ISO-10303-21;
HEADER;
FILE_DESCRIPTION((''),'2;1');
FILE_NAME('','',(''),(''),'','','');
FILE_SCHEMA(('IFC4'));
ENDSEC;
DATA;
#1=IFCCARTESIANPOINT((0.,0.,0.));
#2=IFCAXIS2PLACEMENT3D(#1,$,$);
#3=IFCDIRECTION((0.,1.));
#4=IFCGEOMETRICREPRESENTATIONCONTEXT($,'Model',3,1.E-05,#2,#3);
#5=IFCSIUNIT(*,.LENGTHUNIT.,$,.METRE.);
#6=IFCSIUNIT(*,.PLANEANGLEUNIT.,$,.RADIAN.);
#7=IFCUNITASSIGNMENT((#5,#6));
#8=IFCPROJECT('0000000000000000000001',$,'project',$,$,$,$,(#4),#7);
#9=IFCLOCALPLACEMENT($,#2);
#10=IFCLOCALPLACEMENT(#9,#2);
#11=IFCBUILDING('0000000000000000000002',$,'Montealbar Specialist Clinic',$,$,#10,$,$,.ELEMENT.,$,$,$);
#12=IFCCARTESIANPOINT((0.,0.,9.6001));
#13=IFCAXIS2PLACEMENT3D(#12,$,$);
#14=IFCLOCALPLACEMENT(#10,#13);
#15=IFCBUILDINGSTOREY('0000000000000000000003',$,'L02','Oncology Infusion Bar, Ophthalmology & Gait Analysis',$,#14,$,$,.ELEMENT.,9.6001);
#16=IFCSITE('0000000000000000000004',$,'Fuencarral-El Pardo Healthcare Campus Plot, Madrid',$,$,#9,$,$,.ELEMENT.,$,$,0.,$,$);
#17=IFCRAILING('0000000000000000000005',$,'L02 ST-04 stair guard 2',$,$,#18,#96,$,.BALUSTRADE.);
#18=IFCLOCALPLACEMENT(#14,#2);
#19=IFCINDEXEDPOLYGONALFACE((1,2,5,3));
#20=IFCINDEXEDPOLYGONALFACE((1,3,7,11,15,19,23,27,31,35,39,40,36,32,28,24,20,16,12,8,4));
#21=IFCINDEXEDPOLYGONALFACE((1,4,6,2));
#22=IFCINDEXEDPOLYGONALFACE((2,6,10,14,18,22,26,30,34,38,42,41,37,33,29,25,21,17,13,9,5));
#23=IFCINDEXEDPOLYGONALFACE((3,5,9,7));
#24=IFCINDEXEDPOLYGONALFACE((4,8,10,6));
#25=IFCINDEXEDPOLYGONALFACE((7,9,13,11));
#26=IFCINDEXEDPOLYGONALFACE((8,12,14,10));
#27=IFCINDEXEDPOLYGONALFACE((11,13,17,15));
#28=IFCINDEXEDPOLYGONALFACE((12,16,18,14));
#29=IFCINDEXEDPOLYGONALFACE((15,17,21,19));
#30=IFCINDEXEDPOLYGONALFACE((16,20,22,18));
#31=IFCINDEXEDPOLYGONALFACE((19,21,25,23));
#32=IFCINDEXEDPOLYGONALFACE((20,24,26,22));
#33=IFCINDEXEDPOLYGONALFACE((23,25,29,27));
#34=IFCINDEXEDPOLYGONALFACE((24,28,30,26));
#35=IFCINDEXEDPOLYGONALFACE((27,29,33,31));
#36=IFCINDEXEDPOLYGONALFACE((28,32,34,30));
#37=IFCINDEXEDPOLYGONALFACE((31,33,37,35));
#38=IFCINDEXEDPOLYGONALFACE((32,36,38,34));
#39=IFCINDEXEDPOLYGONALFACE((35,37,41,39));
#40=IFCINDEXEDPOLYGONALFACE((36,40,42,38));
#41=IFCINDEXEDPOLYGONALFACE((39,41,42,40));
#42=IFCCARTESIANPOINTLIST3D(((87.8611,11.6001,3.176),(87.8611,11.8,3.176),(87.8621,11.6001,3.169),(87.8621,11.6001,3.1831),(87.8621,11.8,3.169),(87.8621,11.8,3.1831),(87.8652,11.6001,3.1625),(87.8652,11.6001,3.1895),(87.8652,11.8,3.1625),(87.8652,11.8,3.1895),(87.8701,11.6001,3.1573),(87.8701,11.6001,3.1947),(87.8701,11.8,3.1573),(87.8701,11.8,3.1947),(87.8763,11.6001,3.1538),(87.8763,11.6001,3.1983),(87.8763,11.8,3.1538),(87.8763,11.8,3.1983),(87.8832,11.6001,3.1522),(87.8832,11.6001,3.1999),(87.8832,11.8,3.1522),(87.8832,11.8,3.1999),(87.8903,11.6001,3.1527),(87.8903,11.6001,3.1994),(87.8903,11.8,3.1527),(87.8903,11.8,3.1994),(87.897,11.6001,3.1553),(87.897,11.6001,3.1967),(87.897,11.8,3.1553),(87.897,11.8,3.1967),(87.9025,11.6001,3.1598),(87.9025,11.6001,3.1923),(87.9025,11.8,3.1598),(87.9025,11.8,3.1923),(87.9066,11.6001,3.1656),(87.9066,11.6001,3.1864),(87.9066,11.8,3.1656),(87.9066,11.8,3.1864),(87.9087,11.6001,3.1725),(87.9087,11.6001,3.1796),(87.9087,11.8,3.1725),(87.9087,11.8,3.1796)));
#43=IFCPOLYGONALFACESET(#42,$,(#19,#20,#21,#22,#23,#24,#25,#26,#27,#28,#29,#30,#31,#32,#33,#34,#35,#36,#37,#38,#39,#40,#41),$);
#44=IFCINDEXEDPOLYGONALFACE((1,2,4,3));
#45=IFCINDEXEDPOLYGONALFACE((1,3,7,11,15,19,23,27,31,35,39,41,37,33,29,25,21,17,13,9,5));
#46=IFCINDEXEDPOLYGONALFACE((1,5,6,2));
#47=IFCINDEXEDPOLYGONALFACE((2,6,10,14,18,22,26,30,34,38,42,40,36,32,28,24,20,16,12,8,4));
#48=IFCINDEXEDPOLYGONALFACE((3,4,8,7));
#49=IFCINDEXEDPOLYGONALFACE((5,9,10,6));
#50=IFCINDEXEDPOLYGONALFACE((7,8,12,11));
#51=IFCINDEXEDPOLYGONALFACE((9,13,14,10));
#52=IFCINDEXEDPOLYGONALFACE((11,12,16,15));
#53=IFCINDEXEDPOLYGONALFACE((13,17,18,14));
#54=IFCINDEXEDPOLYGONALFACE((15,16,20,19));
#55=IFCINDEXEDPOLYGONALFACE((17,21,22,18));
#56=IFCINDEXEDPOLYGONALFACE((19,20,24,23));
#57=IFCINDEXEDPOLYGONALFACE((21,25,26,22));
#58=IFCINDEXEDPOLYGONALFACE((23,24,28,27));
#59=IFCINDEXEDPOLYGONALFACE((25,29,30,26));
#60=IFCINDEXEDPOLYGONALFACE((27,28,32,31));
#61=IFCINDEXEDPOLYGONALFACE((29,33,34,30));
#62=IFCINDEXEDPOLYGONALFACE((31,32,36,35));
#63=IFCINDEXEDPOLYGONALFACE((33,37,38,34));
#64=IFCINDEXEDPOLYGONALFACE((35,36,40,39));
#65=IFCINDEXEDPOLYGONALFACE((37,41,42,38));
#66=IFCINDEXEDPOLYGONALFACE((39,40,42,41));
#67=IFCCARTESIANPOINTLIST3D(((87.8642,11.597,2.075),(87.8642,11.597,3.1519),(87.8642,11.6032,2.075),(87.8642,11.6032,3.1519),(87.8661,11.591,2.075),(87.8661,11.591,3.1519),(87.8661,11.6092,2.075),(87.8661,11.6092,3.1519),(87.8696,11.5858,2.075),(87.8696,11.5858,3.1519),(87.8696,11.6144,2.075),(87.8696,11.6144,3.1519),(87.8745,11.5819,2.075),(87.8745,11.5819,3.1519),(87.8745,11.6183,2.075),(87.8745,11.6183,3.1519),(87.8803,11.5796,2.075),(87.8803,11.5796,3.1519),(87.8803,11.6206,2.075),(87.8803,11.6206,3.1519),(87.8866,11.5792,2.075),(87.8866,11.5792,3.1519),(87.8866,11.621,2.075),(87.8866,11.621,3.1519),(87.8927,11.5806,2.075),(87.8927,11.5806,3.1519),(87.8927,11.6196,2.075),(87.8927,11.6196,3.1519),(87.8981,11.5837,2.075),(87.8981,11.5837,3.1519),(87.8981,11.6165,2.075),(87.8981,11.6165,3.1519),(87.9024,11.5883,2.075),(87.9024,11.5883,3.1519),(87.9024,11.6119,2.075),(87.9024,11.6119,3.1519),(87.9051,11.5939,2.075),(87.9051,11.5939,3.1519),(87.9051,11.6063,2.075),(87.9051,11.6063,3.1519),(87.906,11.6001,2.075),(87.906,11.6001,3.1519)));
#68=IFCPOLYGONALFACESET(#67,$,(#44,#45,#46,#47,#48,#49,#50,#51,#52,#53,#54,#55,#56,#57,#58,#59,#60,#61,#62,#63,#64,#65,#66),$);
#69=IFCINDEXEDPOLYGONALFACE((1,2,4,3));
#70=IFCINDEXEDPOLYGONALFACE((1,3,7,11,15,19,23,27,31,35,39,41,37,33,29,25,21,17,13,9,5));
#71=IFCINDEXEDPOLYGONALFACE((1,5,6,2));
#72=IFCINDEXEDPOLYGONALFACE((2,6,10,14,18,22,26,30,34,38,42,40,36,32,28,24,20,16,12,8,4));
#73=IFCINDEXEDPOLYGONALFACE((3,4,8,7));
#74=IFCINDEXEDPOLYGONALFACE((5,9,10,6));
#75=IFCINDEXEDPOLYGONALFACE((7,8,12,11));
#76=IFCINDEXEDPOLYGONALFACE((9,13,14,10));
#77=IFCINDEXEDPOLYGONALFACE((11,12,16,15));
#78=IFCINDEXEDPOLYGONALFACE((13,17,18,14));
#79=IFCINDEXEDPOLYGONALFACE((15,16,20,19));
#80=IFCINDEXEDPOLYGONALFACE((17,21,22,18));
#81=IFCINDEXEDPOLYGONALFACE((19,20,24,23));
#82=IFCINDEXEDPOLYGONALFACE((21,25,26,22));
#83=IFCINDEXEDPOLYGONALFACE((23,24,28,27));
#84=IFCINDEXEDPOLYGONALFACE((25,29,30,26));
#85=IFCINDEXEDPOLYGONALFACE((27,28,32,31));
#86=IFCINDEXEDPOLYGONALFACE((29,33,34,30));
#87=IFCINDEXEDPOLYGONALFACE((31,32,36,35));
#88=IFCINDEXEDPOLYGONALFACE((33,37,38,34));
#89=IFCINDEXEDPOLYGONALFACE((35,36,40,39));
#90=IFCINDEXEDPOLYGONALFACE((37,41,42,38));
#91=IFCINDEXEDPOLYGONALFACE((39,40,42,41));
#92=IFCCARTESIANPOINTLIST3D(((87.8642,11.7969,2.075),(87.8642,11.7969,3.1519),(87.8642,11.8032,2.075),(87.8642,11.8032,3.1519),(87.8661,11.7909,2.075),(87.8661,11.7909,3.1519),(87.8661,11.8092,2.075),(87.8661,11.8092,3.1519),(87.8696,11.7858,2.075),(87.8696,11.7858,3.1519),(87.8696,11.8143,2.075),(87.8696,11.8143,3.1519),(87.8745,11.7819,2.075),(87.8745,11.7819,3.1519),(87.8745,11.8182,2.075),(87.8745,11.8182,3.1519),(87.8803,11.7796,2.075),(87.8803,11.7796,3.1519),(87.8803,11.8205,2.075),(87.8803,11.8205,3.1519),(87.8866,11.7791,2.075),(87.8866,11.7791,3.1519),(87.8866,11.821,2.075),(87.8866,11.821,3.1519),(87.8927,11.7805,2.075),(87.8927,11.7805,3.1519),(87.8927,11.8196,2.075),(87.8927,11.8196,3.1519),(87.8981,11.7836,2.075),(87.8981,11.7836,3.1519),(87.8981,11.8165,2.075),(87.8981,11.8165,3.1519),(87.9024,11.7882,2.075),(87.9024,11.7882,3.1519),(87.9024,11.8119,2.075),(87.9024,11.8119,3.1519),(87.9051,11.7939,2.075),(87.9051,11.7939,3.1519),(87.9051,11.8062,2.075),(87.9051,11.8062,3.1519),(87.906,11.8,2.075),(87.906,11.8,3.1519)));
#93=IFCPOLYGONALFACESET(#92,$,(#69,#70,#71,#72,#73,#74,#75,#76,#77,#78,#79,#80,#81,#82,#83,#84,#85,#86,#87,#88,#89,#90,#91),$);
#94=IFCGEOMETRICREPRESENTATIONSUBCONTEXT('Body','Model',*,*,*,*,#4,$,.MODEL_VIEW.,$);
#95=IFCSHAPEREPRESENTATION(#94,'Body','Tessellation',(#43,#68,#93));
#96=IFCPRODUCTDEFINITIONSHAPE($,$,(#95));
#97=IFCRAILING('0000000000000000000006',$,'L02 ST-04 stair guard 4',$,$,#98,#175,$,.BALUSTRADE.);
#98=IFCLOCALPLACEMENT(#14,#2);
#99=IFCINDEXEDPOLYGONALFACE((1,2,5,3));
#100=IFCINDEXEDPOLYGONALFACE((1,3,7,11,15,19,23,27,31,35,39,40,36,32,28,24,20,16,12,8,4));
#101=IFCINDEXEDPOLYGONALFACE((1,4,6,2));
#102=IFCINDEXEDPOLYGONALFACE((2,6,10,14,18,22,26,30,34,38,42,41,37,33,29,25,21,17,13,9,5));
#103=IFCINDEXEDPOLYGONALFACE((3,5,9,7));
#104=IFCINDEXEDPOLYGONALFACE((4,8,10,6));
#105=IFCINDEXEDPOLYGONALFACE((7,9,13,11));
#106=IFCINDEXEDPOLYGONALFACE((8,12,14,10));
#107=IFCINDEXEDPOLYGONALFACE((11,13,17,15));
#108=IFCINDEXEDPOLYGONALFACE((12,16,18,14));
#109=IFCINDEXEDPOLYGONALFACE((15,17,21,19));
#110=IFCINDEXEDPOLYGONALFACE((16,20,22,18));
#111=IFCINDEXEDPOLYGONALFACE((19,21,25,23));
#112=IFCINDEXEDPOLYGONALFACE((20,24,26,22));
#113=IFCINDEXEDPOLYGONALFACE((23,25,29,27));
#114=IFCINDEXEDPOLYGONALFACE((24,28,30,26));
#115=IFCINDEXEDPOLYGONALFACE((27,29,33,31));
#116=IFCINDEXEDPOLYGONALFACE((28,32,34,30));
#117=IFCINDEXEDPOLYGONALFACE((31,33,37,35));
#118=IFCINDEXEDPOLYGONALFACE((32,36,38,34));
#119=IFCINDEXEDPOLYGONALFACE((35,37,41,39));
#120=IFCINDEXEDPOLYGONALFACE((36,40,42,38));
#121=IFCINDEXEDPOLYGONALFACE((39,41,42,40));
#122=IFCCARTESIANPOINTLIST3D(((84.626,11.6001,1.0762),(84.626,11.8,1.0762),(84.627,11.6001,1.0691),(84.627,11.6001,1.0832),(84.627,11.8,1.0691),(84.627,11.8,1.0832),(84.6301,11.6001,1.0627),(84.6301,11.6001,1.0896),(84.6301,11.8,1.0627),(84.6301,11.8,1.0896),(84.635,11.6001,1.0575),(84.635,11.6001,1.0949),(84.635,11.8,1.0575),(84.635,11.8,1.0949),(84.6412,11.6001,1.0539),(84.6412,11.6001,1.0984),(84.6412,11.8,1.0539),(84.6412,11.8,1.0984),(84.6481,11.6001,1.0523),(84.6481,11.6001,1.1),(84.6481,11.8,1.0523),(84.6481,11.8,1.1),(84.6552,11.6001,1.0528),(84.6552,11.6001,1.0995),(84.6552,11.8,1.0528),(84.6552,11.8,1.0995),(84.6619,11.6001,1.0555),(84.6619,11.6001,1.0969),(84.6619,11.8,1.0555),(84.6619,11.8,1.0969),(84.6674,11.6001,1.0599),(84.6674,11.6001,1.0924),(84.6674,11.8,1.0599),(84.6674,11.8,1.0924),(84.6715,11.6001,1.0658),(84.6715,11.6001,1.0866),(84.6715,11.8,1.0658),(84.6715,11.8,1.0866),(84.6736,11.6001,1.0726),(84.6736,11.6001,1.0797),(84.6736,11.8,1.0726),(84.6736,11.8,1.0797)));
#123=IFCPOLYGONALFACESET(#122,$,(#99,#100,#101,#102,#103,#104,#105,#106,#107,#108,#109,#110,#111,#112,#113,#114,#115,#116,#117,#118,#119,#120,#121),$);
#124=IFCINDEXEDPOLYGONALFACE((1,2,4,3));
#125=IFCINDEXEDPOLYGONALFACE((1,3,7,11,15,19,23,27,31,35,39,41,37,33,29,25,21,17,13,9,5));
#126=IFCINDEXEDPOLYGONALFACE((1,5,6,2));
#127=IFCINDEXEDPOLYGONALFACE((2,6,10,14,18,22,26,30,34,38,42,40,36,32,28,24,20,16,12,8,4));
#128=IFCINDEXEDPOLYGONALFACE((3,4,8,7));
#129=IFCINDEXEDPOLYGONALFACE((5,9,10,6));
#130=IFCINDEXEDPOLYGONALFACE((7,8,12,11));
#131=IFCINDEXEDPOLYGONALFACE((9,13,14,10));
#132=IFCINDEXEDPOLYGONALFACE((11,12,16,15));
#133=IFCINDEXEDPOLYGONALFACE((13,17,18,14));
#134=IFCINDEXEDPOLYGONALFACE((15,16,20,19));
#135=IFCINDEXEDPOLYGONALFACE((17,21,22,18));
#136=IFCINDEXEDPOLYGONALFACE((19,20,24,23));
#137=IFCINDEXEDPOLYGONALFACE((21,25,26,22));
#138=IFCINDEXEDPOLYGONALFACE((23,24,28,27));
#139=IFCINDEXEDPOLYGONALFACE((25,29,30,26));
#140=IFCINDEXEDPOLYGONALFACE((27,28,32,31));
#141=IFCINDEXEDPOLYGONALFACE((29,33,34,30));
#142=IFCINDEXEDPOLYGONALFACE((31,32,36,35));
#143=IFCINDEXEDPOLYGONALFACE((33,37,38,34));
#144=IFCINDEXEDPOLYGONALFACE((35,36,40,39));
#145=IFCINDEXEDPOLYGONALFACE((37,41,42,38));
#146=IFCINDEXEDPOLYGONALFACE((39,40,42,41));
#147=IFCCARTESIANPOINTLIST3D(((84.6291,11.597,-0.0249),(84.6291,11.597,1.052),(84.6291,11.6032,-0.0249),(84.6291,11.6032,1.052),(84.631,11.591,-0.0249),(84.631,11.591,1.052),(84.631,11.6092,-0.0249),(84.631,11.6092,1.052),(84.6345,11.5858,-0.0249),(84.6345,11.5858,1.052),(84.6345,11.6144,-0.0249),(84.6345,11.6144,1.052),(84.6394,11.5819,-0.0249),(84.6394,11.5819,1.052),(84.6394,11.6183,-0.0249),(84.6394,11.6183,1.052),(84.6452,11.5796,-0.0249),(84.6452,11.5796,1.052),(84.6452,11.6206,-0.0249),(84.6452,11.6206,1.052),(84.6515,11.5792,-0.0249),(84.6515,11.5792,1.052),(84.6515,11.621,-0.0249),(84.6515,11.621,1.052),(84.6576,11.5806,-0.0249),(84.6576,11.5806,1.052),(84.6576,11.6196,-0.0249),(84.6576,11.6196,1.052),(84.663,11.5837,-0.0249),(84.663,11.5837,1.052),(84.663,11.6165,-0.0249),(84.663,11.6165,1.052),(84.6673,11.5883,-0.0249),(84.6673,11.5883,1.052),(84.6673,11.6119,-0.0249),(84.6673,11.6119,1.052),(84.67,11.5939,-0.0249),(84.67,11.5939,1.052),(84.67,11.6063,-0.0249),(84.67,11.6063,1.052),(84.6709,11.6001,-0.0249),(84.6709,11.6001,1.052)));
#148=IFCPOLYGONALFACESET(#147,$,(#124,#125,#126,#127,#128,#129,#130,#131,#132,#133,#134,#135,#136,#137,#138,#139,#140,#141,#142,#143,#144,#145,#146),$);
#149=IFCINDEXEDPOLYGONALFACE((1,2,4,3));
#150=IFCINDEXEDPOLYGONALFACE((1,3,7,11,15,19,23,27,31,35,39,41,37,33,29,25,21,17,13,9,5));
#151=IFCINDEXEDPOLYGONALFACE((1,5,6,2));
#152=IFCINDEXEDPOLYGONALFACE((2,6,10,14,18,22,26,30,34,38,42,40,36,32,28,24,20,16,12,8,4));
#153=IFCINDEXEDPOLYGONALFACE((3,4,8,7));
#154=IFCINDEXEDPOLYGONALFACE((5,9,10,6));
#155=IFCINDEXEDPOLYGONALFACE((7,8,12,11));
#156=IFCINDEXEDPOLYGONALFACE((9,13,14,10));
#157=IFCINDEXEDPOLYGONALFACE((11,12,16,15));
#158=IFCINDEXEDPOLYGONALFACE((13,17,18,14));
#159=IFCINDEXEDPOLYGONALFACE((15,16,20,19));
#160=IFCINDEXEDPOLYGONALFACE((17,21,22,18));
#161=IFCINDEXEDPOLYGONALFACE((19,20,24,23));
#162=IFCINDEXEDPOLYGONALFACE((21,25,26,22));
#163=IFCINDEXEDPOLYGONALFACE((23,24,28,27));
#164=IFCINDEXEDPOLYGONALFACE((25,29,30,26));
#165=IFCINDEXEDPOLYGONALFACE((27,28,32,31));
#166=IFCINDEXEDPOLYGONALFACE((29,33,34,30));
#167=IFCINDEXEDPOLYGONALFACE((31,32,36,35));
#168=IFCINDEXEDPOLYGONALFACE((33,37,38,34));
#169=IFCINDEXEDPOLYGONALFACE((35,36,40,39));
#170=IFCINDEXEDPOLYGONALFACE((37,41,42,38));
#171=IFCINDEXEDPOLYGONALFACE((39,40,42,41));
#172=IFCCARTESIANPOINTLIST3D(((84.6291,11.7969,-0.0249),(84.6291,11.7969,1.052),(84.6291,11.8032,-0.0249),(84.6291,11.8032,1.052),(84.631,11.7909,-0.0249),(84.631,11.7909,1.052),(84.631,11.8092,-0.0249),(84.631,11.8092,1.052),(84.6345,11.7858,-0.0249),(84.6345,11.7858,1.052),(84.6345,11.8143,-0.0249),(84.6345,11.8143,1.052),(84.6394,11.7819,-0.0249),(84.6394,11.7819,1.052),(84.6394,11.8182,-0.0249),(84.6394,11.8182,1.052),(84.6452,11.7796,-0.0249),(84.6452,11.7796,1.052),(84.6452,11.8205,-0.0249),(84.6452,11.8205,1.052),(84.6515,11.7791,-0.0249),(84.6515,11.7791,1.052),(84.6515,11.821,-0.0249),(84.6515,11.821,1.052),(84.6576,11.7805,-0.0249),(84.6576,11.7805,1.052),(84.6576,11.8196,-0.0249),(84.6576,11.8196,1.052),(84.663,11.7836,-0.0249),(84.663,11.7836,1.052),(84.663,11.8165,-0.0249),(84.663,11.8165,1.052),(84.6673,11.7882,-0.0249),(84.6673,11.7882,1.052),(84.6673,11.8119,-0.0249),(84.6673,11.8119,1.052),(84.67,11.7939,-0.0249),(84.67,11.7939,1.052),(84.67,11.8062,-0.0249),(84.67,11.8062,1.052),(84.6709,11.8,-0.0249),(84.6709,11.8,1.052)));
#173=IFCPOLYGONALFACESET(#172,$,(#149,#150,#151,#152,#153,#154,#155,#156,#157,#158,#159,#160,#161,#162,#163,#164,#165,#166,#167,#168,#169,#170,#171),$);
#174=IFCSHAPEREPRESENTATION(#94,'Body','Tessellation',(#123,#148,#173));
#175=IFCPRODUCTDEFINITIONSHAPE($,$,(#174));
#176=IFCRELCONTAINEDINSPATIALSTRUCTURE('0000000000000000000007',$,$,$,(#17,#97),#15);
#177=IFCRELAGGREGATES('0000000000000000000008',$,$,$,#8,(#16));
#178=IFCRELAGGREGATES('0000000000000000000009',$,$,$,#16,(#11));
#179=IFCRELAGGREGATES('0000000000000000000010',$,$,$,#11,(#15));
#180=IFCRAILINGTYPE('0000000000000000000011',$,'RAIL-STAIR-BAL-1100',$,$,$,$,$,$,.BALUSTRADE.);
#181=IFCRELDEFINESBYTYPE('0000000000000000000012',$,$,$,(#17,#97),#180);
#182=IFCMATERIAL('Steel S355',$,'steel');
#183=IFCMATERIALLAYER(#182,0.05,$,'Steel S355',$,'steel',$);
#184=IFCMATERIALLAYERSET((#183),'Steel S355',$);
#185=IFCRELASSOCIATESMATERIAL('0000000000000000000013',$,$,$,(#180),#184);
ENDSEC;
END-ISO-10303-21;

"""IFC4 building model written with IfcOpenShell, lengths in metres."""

from ifc_helpers import new_model, si_unit, direction, frame, origin, origin_2d, place, context, subcontext, project, spatial, circle, extrude, material, layer, layer_set, type_object, element, save


model = new_model("IFC4")

# Units and contexts
model_context = context("Model", 3, precision=1e-05, world=origin(), true_north=direction((0.0, 1.0)))
body_context = subcontext(model_context, "Body", "Model", "MODEL_VIEW")
ifc_project = project(units=[si_unit("LENGTHUNIT", "METRE"), si_unit("PLANEANGLEUNIT", "RADIAN")], contexts=[model_context])

# Site, building, storey
site_placement = place(None, origin())
site = spatial("IfcSite", under=ifc_project, at=site_placement, Name="Fuencarral-El Pardo Healthcare Campus Plot, Madrid", CompositionType="ELEMENT", RefElevation=0.0)
building_placement = place(site_placement, origin())
building = spatial("IfcBuilding", under=site, at=building_placement, Name="Montealbar Specialist Clinic", CompositionType="ELEMENT")
storey_placement = place(building_placement, frame((0.0, 0.0, 9.6001)))
storey = spatial("IfcBuildingStorey", under=building, at=storey_placement, Name="L02", Description="Oncology Infusion Bar, Ophthalmology & Gait Analysis", CompositionType="ELEMENT", Elevation=9.6001)

# Shared definitions
ifc_material_1 = material(Name="Steel S355", Category="steel")

# Railings
ifc_layer_1 = layer(ifc_material_1, 0.05, Name="Steel S355", Category="steel")
ifc_layer_set_1 = layer_set([ifc_layer_1], Name="Steel S355")
railing_type_1 = type_object("IfcRailingType", Name="RAIL-STAIR-BAL-1100", PredefinedType="BALUSTRADE", material=ifc_layer_set_1)
railing_1_placement = place(storey_placement, frame((87.885, 11.6001, 2.0999)))
element("IfcRailing", 1, at=railing_1_placement, inside=storey, type_object=railing_type_1, Name="L02 ST-04 stair guard 2", PredefinedType="BALUSTRADE", context=body_context, shape_type="SweptSolid", body=[
    extrude(circle(Radius=0.0239, at=origin_2d()), frame((0.0, 0.0, 1.0762), z_axis=(0.0, 1.0, 0.0), x_axis=(-1.0, 0.0, 0.0)), (0.0, 0.0, 1.0), 0.2),
    extrude(circle(Radius=0.021, at=origin_2d()), frame((0.0, 0.0, -0.0249)), (0.0, 0.0, 1.0), 1.0769),
    extrude(circle(Radius=0.021, at=origin_2d()), frame((0.0, 0.2, -0.0249)), (0.0, 0.0, 1.0), 1.0769),
])
railing_2_placement = place(storey_placement, frame((84.6499, 11.6001, 0.0)))
element("IfcRailing", 2, at=railing_2_placement, inside=storey, type_object=railing_type_1, Name="L02 ST-04 stair guard 4", PredefinedType="BALUSTRADE", context=body_context, shape_type="SweptSolid", body=[
    extrude(circle(Radius=0.0239, at=origin_2d()), frame((0.0, 0.0, 1.0762), z_axis=(0.0, 1.0, 0.0), x_axis=(-1.0, 0.0, 0.0)), (0.0, 0.0, 1.0), 0.2),
    extrude(circle(Radius=0.021, at=origin_2d()), frame((0.0, 0.0, -0.0249)), (0.0, 0.0, 1.0), 1.0769),
    extrude(circle(Radius=0.021, at=origin_2d()), frame((0.0, 0.2, -0.0249)), (0.0, 0.0, 1.0), 1.0769),
])

save(model, "model.ifc")
